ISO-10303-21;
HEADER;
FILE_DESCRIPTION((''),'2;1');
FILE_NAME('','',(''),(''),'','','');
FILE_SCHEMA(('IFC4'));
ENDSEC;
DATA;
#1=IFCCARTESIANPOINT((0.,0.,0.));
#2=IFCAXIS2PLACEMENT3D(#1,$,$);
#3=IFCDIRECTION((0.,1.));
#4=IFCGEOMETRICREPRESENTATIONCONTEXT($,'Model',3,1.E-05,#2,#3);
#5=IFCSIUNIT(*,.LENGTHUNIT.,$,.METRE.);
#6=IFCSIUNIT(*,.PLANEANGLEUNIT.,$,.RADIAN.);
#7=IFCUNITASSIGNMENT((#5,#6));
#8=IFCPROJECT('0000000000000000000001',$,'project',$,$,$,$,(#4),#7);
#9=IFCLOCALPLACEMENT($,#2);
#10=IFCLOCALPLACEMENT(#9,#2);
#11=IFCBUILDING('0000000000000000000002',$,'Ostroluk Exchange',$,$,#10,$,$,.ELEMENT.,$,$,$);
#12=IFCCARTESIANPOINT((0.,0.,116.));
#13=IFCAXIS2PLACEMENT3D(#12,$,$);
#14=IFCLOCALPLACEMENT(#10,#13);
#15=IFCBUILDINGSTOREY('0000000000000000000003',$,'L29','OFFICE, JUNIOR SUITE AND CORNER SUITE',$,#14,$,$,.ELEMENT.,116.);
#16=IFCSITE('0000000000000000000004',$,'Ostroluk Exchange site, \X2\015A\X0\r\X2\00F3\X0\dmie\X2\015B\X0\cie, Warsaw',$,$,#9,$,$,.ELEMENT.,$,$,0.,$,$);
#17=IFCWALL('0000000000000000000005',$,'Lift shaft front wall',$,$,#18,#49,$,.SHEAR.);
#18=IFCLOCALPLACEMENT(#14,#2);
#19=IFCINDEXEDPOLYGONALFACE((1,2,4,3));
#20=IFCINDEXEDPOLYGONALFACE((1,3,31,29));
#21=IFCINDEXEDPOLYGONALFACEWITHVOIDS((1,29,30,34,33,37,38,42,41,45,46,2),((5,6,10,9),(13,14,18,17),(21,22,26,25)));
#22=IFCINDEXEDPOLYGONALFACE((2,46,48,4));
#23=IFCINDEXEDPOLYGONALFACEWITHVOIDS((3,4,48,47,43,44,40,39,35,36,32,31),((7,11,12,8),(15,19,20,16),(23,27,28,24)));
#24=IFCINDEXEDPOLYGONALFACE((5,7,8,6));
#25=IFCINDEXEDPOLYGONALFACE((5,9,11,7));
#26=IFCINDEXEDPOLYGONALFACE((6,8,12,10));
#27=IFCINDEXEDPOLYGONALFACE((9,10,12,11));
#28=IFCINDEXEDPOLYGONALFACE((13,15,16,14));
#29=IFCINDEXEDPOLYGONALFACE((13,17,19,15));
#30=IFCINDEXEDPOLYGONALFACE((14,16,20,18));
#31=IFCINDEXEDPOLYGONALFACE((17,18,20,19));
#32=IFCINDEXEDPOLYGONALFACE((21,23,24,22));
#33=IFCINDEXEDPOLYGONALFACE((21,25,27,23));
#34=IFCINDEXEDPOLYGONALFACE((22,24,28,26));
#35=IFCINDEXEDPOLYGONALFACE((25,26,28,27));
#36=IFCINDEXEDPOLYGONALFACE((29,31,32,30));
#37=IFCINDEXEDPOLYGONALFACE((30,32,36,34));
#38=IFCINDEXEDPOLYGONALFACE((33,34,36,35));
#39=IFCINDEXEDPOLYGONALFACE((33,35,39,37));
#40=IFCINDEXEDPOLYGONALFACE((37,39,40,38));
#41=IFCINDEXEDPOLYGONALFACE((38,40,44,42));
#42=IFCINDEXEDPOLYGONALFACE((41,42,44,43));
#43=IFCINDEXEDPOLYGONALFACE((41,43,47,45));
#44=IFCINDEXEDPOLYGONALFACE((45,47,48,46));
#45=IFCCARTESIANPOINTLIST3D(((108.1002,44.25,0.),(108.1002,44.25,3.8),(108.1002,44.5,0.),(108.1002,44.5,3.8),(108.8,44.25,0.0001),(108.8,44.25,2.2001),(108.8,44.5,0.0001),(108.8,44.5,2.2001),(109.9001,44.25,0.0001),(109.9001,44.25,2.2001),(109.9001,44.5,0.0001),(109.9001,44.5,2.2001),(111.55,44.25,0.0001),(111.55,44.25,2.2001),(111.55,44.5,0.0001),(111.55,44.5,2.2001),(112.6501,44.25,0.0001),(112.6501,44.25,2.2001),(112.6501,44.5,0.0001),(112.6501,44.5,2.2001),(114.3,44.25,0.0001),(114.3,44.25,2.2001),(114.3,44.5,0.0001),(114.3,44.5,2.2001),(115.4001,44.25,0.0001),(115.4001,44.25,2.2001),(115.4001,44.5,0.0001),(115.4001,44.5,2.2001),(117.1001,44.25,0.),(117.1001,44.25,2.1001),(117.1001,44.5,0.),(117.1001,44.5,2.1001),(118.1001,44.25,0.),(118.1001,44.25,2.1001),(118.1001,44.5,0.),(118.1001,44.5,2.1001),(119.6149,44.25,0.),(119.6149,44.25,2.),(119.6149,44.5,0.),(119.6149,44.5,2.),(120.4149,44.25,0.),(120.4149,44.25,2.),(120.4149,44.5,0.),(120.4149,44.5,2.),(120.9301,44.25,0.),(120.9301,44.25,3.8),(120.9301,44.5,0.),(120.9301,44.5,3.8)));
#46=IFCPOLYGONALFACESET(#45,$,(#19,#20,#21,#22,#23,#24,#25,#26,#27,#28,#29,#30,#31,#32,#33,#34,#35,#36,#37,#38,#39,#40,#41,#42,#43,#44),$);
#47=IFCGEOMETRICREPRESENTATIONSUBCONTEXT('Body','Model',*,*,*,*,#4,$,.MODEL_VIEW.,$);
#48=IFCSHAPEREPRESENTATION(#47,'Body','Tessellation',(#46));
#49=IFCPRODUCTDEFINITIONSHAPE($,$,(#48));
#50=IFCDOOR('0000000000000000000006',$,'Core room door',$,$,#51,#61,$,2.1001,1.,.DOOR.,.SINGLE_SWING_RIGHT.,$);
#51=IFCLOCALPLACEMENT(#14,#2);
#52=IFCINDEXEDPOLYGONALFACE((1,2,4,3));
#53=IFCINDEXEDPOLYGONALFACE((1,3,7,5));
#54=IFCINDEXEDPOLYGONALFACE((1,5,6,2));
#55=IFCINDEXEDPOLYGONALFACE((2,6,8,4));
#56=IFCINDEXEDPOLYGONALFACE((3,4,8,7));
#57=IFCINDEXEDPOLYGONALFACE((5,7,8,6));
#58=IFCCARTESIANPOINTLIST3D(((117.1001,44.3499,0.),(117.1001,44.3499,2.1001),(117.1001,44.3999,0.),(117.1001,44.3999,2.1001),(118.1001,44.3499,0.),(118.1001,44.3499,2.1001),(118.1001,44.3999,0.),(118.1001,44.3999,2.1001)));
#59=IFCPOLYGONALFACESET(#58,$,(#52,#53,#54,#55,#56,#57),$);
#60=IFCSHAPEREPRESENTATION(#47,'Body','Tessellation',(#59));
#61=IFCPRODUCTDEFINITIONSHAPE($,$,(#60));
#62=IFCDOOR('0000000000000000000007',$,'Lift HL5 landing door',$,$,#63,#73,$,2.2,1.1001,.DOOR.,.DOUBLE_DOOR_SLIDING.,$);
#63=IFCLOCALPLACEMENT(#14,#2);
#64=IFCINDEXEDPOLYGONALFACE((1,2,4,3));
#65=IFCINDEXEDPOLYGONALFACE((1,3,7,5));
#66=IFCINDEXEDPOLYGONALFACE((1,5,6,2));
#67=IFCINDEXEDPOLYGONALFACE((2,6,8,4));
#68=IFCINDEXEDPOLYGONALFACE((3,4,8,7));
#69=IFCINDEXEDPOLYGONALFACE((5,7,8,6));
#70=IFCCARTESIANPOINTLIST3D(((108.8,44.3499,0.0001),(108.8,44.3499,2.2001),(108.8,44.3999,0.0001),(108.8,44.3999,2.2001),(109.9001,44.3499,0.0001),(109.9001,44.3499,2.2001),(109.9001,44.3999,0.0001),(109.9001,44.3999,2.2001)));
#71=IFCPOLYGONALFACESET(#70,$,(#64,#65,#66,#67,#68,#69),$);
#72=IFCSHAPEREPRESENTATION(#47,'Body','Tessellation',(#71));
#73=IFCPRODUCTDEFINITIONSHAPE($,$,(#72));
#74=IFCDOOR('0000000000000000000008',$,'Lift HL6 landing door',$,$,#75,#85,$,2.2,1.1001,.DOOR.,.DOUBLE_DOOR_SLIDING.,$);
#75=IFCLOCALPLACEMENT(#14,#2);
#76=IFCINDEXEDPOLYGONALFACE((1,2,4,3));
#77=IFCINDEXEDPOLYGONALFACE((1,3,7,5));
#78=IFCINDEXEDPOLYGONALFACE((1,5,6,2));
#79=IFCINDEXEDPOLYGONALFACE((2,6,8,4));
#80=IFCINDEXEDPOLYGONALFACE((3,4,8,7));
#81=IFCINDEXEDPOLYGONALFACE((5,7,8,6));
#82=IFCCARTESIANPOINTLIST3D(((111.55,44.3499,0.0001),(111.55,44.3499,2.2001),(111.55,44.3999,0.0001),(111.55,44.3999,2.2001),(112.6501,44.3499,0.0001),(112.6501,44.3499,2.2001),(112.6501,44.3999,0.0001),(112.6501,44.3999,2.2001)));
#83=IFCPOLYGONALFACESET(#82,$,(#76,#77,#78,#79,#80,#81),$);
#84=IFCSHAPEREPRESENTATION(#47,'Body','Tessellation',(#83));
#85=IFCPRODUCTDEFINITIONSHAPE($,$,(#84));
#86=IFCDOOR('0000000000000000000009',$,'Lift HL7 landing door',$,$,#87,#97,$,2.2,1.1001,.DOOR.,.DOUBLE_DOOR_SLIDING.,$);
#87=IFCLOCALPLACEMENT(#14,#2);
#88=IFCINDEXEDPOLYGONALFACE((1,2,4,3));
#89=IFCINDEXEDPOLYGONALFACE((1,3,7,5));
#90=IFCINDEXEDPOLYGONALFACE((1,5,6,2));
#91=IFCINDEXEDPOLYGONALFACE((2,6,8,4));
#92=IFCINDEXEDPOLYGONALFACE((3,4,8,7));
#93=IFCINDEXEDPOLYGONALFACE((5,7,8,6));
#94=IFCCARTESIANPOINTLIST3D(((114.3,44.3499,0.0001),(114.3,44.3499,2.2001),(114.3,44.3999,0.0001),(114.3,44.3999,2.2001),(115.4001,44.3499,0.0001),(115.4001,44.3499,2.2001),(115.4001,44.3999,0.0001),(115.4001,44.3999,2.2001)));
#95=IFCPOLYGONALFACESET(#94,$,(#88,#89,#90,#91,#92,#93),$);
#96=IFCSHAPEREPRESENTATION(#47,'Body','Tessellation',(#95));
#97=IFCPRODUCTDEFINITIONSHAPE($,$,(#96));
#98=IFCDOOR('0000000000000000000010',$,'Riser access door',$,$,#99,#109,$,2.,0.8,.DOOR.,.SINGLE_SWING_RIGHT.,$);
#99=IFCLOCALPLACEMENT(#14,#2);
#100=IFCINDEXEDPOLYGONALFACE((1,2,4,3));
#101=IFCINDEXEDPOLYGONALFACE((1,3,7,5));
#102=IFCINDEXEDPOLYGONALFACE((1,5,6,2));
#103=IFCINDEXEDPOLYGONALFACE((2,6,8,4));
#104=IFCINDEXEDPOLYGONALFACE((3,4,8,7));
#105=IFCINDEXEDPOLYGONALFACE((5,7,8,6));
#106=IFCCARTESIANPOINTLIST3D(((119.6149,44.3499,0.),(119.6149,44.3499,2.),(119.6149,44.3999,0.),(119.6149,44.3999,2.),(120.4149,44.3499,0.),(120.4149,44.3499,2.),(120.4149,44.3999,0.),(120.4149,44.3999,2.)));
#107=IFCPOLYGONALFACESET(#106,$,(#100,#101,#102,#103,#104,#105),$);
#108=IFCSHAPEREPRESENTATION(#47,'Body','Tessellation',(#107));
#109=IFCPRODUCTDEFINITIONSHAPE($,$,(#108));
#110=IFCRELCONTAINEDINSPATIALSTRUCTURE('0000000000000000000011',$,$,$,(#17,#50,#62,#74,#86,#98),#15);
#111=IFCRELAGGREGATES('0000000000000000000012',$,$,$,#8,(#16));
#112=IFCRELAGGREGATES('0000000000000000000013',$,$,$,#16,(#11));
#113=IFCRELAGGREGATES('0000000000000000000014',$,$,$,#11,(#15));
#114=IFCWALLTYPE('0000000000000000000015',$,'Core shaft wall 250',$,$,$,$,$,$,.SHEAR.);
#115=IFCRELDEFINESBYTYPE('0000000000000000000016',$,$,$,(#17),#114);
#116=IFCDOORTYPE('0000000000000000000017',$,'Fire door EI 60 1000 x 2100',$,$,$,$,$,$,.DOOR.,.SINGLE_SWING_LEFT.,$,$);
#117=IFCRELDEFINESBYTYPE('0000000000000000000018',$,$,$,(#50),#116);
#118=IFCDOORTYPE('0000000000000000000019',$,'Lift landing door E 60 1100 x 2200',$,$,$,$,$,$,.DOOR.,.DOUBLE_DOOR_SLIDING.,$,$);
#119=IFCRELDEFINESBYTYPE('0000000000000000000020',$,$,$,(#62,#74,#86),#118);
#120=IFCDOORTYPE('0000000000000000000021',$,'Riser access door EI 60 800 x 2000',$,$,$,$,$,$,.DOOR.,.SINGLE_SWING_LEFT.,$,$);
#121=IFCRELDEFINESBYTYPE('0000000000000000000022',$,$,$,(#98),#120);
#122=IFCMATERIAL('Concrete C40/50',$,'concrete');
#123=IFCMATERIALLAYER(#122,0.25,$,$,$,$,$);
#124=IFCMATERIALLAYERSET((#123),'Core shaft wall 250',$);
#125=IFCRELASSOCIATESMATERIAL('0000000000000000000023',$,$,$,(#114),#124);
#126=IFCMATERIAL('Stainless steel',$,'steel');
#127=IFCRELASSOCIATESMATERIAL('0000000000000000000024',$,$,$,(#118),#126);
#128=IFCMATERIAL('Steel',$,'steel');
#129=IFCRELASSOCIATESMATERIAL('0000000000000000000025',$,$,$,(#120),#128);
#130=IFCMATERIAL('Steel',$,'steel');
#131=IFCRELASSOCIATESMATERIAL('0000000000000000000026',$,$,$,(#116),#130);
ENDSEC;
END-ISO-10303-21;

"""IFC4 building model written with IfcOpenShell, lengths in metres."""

from ifc_helpers import new_model, si_unit, direction, frame, frame_2d, origin, place, context, subcontext, project, spatial, rectangle, extrude, material, layer, layer_set, type_object, element, fill, save


model = new_model("IFC4")

# Units and contexts
model_context = context("Model", 3, precision=1e-05, world=origin(), true_north=direction((0.0, 1.0)))
body_context = subcontext(model_context, "Body", "Model", "MODEL_VIEW")
ifc_project = project(units=[si_unit("LENGTHUNIT", "METRE"), si_unit("PLANEANGLEUNIT", "RADIAN")], contexts=[model_context])

# Site, building, storey
site_placement = place(None, origin())
site = spatial("IfcSite", under=ifc_project, at=site_placement, Name="Ostroluk Exchange site, Śródmieście, Warsaw", CompositionType="ELEMENT", RefElevation=0.0)
building_placement = place(site_placement, origin())
building = spatial("IfcBuilding", under=site, at=building_placement, Name="Ostroluk Exchange", CompositionType="ELEMENT")
storey_placement = place(building_placement, frame((0.0, 0.0, 116.0)))
storey = spatial("IfcBuildingStorey", under=building, at=storey_placement, Name="L29", Description="OFFICE, JUNIOR SUITE AND CORNER SUITE", CompositionType="ELEMENT", Elevation=116.0)

# Shared definitions
ifc_material_1 = material(Name="Concrete C40/50", Category="concrete")
ifc_layer = layer(ifc_material_1, 0.25)
ifc_layer_set = layer_set([ifc_layer], Name="Core shaft wall 250")
wall_type = type_object("IfcWallType", Name="Core shaft wall 250", PredefinedType="SHEAR", material=ifc_layer_set)

# Shared definitions
ifc_material_2 = material(Name="Stainless steel", Category="steel")
door_type_1 = type_object("IfcDoorType", Name="Lift landing door E 60 1100 x 2200", OperationType="DOUBLE_DOOR_SLIDING", PredefinedType="DOOR", material=ifc_material_2)
ifc_material_3 = material(Name="Steel", Category="steel")
door_type_2 = type_object("IfcDoorType", Name="Riser access door EI 60 800 x 2000", OperationType="SINGLE_SWING_LEFT", PredefinedType="DOOR", material=ifc_material_3)

# Wall, openings, doors
wall_1_placement = place(storey_placement, frame((108.1001, 44.375, 0.0), z_axis=(0.0, 0.0, 1.0), x_axis=(1.0, 0.0, 0.0)))
wall_1 = element("IfcWall", 1, at=wall_1_placement, inside=storey, type_object=wall_type, Name="Lift shaft front wall", PredefinedType="SHEAR", context=body_context, shape_type="SweptSolid", body=[
    extrude(rectangle(XDim=12.8298, YDim=0.25, at=frame_2d((6.415, 0.0))), origin(), (0.0, 0.0, 1.0), 3.8),
])
opening_1_placement = place(wall_1_placement, frame((0.7, 0.0, 0.0)))
opening_1 = element("IfcOpeningElement", 2, at=opening_1_placement, cuts=wall_1, PredefinedType="OPENING", context=body_context, shape_type="SweptSolid", body=[
    extrude(rectangle(XDim=1.1001, YDim=2.2, at=frame_2d((0.55, 1.1001))), frame((0.0, 0.135, 0.0), z_axis=(0.0, -1.0, 0.0), x_axis=(1.0, 0.0, 0.0)), (0.0, 0.0, 1.0), 0.27),
])
opening_2_placement = place(wall_1_placement, frame((3.45, 0.0, 0.0)))
opening_2 = element("IfcOpeningElement", 3, at=opening_2_placement, cuts=wall_1, PredefinedType="OPENING", context=body_context, shape_type="SweptSolid", body=[
    extrude(rectangle(XDim=1.1001, YDim=2.2, at=frame_2d((0.55, 1.1001))), frame((0.0, 0.135, 0.0), z_axis=(0.0, -1.0, 0.0), x_axis=(1.0, 0.0, 0.0)), (0.0, 0.0, 1.0), 0.27),
])
opening_3_placement = place(wall_1_placement, frame((6.2, 0.0, 0.0)))
opening_3 = element("IfcOpeningElement", 4, at=opening_3_placement, cuts=wall_1, PredefinedType="OPENING", context=body_context, shape_type="SweptSolid", body=[
    extrude(rectangle(XDim=1.1001, YDim=2.2, at=frame_2d((0.55, 1.1001))), frame((0.0, 0.135, 0.0), z_axis=(0.0, -1.0, 0.0), x_axis=(1.0, 0.0, 0.0)), (0.0, 0.0, 1.0), 0.27),
])
opening_4_placement = place(wall_1_placement, frame((9.0, 0.0, 0.0)))
opening_4 = element("IfcOpeningElement", 5, at=opening_4_placement, cuts=wall_1, PredefinedType="OPENING", context=body_context, shape_type="SweptSolid", body=[
    extrude(rectangle(XDim=1.0, YDim=2.1001, at=frame_2d((0.5, 1.05))), frame((0.0, 0.135, 0.0), z_axis=(0.0, -1.0, 0.0), x_axis=(1.0, 0.0, 0.0)), (0.0, 0.0, 1.0), 0.27),
])
opening_5_placement = place(wall_1_placement, frame((11.5149, 0.0, 0.0)))
opening_5 = element("IfcOpeningElement", 6, at=opening_5_placement, cuts=wall_1, PredefinedType="OPENING", context=body_context, shape_type="SweptSolid", body=[
    extrude(rectangle(XDim=0.8, YDim=2.0, at=frame_2d((0.3999, 1.0))), frame((0.0, 0.135, 0.0), z_axis=(0.0, -1.0, 0.0), x_axis=(1.0, 0.0, 0.0)), (0.0, 0.0, 1.0), 0.27),
])
ifc_material_4 = material(Name="Steel", Category="steel")
door_type_3 = type_object("IfcDoorType", Name="Fire door EI 60 1000 x 2100", OperationType="SINGLE_SWING_LEFT", PredefinedType="DOOR", material=ifc_material_4)
door_1_placement = place(opening_4_placement, origin())
door_1 = element("IfcDoor", 7, at=door_1_placement, inside=storey, type_object=door_type_3, Name="Core room door", OperationType="SINGLE_SWING_RIGHT", OverallHeight=2.1001, OverallWidth=1.0, PredefinedType="DOOR", context=body_context, shape_type="SweptSolid", body=[
    extrude(rectangle(XDim=1.0, YDim=2.1001, at=frame_2d((0.5, 1.05))), frame((0.0, 0.0249, 0.0), z_axis=(0.0, -1.0, 0.0), x_axis=(1.0, 0.0, 0.0)), (0.0, 0.0, 1.0), 0.05),
])
fill(opening_4, door_1)
door_2_placement = place(opening_1_placement, origin())
door_2 = element("IfcDoor", 8, at=door_2_placement, inside=storey, type_object=door_type_1, Name="Lift HL5 landing door", OperationType="DOUBLE_DOOR_SLIDING", OverallHeight=2.2, OverallWidth=1.1001, PredefinedType="DOOR", context=body_context, shape_type="SweptSolid", body=[
    extrude(rectangle(XDim=1.1001, YDim=2.2, at=frame_2d((0.55, 1.1001))), frame((0.0, 0.0249, 0.0), z_axis=(0.0, -1.0, 0.0), x_axis=(1.0, 0.0, 0.0)), (0.0, 0.0, 1.0), 0.05),
])
fill(opening_1, door_2)
door_3_placement = place(opening_2_placement, origin())
door_3 = element("IfcDoor", 9, at=door_3_placement, inside=storey, type_object=door_type_1, Name="Lift HL6 landing door", OperationType="DOUBLE_DOOR_SLIDING", OverallHeight=2.2, OverallWidth=1.1001, PredefinedType="DOOR", context=body_context, shape_type="SweptSolid", body=[
    extrude(rectangle(XDim=1.1001, YDim=2.2, at=frame_2d((0.55, 1.1001))), frame((0.0, 0.0249, 0.0), z_axis=(0.0, -1.0, 0.0), x_axis=(1.0, 0.0, 0.0)), (0.0, 0.0, 1.0), 0.05),
])
fill(opening_2, door_3)
door_4_placement = place(opening_3_placement, origin())
door_4 = element("IfcDoor", 10, at=door_4_placement, inside=storey, type_object=door_type_1, Name="Lift HL7 landing door", OperationType="DOUBLE_DOOR_SLIDING", OverallHeight=2.2, OverallWidth=1.1001, PredefinedType="DOOR", context=body_context, shape_type="SweptSolid", body=[
    extrude(rectangle(XDim=1.1001, YDim=2.2, at=frame_2d((0.55, 1.1001))), frame((0.0, 0.0249, 0.0), z_axis=(0.0, -1.0, 0.0), x_axis=(1.0, 0.0, 0.0)), (0.0, 0.0, 1.0), 0.05),
])
fill(opening_3, door_4)
door_5_placement = place(opening_5_placement, origin())
door_5 = element("IfcDoor", 11, at=door_5_placement, inside=storey, type_object=door_type_2, Name="Riser access door", OperationType="SINGLE_SWING_RIGHT", OverallHeight=2.0, OverallWidth=0.8, PredefinedType="DOOR", context=body_context, shape_type="SweptSolid", body=[
    extrude(rectangle(XDim=0.8, YDim=2.0, at=frame_2d((0.3999, 1.0))), frame((0.0, 0.0249, 0.0), z_axis=(0.0, -1.0, 0.0), x_axis=(1.0, 0.0, 0.0)), (0.0, 0.0, 1.0), 0.05),
])
fill(opening_5, door_5)

save(model, "model.ifc")
